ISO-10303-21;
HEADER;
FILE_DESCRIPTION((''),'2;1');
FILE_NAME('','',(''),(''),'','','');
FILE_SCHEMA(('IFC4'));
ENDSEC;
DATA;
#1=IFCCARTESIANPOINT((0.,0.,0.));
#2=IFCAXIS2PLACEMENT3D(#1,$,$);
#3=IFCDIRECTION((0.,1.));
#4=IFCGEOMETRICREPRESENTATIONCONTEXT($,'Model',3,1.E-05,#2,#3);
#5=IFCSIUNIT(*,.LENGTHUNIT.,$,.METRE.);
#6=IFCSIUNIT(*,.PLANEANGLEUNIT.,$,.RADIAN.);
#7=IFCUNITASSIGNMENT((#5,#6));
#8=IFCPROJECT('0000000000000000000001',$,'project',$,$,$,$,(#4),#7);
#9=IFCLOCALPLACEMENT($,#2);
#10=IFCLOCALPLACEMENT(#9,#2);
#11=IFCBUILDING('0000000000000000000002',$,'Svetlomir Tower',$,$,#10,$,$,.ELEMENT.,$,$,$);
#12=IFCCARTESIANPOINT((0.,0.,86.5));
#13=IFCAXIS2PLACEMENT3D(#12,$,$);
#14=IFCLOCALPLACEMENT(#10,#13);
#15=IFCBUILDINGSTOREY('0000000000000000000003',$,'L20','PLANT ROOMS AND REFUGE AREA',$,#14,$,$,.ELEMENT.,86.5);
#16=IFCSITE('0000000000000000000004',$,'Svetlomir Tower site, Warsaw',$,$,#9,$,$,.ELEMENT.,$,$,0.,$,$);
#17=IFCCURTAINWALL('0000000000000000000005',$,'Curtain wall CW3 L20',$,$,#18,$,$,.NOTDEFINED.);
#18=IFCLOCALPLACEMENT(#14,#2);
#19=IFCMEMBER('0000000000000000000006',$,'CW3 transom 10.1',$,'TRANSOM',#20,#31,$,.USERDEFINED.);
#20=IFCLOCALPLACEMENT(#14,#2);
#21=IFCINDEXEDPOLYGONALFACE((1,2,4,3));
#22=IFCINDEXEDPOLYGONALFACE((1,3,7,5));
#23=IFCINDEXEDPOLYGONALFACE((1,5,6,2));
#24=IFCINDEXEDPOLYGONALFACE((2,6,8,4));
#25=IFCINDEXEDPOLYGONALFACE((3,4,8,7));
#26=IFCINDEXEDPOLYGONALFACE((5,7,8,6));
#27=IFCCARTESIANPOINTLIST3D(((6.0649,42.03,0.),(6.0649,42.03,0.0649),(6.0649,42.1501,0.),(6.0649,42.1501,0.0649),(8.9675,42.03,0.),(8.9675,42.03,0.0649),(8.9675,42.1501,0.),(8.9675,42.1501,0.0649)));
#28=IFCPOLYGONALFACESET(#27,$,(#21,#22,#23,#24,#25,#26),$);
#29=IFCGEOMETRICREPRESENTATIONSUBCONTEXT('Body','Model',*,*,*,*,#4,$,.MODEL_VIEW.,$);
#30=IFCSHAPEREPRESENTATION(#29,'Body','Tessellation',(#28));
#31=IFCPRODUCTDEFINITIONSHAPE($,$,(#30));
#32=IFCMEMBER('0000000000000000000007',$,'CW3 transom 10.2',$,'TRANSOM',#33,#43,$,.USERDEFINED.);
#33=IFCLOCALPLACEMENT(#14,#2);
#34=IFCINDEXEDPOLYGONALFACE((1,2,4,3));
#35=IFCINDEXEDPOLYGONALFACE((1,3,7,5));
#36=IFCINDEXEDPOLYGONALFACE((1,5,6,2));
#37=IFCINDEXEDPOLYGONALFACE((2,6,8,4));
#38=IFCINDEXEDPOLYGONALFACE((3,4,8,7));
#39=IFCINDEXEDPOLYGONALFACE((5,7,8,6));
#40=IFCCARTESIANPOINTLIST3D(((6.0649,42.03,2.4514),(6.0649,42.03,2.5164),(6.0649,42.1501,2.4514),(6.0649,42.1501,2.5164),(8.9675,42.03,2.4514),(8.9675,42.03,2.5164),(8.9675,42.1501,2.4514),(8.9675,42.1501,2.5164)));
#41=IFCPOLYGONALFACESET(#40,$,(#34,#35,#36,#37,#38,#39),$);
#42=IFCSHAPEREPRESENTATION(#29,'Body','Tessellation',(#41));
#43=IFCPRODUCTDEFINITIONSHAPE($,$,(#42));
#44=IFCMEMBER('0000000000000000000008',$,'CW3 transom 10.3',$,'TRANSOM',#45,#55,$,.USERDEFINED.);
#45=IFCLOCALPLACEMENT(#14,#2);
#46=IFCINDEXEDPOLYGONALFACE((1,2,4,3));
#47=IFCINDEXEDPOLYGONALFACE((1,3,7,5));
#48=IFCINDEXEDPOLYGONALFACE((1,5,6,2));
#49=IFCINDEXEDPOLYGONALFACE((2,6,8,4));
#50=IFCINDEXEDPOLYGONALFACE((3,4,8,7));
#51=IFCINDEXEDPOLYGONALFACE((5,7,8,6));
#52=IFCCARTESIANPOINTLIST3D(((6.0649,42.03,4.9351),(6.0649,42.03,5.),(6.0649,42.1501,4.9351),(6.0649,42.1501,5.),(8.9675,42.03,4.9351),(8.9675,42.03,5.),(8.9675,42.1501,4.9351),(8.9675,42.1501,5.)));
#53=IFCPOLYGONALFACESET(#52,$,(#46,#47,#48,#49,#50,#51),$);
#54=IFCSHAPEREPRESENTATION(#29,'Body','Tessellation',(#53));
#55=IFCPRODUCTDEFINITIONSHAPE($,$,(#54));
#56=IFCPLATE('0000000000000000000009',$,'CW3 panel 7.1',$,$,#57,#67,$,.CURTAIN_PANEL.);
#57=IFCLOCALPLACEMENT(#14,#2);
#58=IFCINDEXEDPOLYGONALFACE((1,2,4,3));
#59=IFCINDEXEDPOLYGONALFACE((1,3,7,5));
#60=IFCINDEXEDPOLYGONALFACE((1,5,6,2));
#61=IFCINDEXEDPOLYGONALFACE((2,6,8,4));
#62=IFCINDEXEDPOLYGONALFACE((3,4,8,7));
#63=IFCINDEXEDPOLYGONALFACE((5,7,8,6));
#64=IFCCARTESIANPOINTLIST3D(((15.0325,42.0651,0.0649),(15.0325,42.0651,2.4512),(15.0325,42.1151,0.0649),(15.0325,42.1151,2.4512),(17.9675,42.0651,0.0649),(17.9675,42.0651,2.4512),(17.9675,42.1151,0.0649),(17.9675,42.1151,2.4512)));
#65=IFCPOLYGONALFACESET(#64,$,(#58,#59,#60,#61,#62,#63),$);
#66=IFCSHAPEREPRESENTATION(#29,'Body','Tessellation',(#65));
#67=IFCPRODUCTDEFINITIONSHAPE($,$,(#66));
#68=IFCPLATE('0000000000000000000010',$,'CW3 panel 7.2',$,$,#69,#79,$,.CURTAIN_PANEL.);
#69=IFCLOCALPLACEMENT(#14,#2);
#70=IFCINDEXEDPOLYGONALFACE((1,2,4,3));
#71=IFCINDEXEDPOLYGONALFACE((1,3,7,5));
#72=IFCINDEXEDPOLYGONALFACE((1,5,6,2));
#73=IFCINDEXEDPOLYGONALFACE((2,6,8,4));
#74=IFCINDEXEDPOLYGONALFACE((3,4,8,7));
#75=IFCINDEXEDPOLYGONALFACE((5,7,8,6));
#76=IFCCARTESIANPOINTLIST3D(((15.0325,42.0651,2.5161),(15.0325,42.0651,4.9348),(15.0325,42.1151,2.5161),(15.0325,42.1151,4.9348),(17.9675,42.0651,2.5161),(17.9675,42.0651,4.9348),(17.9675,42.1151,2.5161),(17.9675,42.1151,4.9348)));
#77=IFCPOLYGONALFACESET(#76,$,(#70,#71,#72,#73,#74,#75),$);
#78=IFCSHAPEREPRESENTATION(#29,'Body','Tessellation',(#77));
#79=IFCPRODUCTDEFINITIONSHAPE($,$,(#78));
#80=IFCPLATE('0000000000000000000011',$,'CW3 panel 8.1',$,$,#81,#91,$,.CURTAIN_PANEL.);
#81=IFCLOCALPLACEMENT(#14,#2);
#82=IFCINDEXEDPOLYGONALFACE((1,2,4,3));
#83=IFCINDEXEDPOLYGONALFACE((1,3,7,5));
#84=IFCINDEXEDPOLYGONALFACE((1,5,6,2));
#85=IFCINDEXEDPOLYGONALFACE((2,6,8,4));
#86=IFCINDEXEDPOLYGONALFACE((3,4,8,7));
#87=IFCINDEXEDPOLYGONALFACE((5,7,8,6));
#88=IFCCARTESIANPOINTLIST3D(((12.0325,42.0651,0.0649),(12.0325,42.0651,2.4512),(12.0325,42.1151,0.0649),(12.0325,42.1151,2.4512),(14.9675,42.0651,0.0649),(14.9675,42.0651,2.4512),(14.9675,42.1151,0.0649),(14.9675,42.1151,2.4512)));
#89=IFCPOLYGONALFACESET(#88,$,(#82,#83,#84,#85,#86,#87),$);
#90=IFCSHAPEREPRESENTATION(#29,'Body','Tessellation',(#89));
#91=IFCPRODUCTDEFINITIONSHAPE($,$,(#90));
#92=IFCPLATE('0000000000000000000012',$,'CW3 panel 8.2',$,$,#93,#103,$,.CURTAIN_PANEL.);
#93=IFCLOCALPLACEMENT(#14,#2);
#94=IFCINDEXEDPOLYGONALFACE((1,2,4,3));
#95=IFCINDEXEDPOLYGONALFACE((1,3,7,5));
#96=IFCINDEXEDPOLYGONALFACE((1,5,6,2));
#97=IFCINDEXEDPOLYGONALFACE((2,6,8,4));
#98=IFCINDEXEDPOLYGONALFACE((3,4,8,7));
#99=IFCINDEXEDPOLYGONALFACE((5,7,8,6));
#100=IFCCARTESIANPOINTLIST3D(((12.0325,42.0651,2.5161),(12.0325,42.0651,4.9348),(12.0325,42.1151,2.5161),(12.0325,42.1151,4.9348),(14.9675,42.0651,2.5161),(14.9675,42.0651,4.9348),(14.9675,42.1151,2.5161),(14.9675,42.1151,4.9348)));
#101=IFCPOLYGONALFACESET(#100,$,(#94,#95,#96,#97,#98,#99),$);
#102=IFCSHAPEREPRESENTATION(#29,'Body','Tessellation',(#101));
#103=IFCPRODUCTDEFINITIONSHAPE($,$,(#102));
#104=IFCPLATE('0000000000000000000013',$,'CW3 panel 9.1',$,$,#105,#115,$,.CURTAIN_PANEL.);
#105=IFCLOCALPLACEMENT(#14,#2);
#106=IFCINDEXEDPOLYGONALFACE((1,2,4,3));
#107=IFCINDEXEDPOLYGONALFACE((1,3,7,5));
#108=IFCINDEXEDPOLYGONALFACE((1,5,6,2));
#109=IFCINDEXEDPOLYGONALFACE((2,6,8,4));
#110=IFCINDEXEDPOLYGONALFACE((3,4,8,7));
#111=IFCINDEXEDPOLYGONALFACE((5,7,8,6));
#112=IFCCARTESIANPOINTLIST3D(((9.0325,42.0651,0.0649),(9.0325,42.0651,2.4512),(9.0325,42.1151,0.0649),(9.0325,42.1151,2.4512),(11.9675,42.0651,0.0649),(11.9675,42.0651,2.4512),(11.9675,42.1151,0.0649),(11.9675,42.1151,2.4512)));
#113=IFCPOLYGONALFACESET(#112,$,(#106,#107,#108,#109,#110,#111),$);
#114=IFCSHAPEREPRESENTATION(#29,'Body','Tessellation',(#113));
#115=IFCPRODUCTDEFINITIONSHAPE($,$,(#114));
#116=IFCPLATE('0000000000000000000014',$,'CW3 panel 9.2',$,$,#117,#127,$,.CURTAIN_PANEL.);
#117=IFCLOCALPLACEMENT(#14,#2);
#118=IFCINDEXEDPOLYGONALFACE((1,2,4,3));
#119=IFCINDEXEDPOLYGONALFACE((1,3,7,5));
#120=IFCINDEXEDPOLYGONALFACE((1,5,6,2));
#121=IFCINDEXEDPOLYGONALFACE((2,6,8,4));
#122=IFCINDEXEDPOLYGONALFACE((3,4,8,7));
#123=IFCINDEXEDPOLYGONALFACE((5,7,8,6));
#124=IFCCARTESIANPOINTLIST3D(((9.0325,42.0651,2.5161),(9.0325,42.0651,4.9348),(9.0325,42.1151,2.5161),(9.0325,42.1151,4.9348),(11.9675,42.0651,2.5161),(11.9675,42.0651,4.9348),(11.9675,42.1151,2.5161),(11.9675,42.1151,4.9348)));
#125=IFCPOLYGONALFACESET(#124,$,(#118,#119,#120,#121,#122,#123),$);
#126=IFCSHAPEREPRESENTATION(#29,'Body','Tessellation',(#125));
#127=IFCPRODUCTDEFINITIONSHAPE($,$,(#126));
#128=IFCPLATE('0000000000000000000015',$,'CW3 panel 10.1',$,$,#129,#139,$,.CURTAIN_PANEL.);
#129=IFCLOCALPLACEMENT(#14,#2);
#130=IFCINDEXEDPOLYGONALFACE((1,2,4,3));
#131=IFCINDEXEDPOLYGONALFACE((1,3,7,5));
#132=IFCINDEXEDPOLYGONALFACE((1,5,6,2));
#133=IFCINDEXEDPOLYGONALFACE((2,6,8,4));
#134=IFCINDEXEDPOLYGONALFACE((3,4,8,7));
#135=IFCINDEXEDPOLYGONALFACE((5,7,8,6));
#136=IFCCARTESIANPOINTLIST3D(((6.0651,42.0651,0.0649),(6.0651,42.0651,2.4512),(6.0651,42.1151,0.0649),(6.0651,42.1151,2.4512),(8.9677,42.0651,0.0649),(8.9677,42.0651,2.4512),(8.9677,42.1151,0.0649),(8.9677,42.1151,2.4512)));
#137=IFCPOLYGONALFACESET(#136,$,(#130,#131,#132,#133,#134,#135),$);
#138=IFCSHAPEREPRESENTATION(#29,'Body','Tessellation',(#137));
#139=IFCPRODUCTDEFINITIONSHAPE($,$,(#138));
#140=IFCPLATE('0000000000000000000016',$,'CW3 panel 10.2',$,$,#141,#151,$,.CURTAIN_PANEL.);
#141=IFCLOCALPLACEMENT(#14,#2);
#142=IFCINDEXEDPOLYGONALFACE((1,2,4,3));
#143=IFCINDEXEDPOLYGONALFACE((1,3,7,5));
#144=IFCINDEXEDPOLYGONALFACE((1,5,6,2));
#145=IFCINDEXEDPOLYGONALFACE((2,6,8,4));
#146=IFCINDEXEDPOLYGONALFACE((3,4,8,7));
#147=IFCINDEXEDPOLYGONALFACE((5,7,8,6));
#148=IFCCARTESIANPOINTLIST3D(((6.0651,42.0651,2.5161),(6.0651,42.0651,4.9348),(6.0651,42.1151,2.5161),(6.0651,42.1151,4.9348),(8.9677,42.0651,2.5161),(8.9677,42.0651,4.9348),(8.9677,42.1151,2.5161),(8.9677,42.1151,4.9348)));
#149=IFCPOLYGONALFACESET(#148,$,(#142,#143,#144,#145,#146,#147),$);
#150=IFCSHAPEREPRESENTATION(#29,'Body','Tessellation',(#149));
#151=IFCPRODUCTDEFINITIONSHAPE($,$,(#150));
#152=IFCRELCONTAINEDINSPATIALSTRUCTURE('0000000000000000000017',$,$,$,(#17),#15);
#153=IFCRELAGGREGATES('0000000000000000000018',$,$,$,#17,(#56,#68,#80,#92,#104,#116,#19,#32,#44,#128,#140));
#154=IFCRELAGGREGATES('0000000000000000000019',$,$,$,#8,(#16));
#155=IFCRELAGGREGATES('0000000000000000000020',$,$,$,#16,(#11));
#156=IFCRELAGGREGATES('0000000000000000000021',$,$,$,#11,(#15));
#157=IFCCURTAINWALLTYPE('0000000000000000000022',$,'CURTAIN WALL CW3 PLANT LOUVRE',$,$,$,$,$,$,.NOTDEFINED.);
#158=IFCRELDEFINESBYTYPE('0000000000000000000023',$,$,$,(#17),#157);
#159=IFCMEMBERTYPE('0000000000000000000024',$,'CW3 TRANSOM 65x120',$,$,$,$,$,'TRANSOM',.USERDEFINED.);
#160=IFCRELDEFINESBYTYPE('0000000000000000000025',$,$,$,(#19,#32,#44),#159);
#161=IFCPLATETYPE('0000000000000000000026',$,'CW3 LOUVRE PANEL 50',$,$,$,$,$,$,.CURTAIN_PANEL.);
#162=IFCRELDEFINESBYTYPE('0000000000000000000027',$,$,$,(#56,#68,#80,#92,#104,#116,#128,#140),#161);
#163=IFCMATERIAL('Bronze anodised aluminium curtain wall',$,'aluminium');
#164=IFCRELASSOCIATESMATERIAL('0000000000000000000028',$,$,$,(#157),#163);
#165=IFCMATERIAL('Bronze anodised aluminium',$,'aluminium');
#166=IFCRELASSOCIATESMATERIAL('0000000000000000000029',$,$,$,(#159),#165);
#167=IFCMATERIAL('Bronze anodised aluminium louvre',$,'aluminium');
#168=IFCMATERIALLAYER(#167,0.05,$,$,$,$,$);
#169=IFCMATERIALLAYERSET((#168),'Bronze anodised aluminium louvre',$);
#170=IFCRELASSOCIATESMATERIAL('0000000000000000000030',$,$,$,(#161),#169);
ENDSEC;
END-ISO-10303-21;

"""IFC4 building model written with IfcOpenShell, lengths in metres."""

from ifc_helpers import new_model, si_unit, direction, frame, origin, origin_2d, place, context, subcontext, project, spatial, rectangle, extrude, material, layer, layer_set, material_profile, profile_set, type_object, element, aggregate, save


model = new_model("IFC4")

# Units and contexts
model_context = context("Model", 3, precision=1e-05, world=origin(), true_north=direction((0.0, 1.0)))
body_context = subcontext(model_context, "Body", "Model", "MODEL_VIEW")
ifc_project = project(units=[si_unit("LENGTHUNIT", "METRE"), si_unit("PLANEANGLEUNIT", "RADIAN")], contexts=[model_context])

# Site, building, storey
site_placement = place(None, origin())
site = spatial("IfcSite", under=ifc_project, at=site_placement, Name="Svetlomir Tower site, Warsaw", CompositionType="ELEMENT", RefElevation=0.0)
building_placement = place(site_placement, origin())
building = spatial("IfcBuilding", under=site, at=building_placement, Name="Svetlomir Tower", CompositionType="ELEMENT")
storey_placement = place(building_placement, frame((0.0, 0.0, 86.5)))
storey = spatial("IfcBuildingStorey", under=building, at=storey_placement, Name="L20", Description="PLANT ROOMS AND REFUGE AREA", CompositionType="ELEMENT", Elevation=86.5)

# Curtain wall
ifc_material_1 = material(Name="Bronze anodised aluminium curtain wall", Category="aluminium")
curtain_wall_type = type_object("IfcCurtainWallType", Name="CURTAIN WALL CW3 PLANT LOUVRE", PredefinedType="NOTDEFINED", material=ifc_material_1)
curtain_wall_1_placement = place(storey_placement, origin())
curtain_wall_1 = element("IfcCurtainWall", 1, at=curtain_wall_1_placement, inside=storey, type_object=curtain_wall_type, Name="Curtain wall CW3 L20", PredefinedType="NOTDEFINED")

# Members
ifc_material_2 = material(Name="Bronze anodised aluminium", Category="aluminium")
ifc_material_profile_1 = material_profile(ifc_material_2, rectangle(XDim=0.1201, YDim=0.0649, at=origin_2d()), Name="AL 120x65")
ifc_profile_set_1 = profile_set([ifc_material_profile_1], Name="Bronze anodised aluminium 6063-T6")
member_type_1 = type_object("IfcMemberType", Name="CW3 TRANSOM 65x120", ElementType="TRANSOM", PredefinedType="USERDEFINED", material=ifc_profile_set_1)
member_1_placement = place(storey_placement, frame((8.9675, 42.0901, 0.0325), z_axis=(-1.0, 0.0, 0.0), x_axis=(0.0, -1.0, 0.0)))
member_1 = element("IfcMember", 2, at=member_1_placement, type_object=member_type_1, Name="CW3 transom 10.1", ObjectType="TRANSOM", PredefinedType="USERDEFINED", context=body_context, shape_type="SweptSolid", body=[
    extrude(rectangle(XDim=0.1201, YDim=0.0649, at=origin_2d()), origin(), (0.0, 0.0, 1.0), 2.9026),
])
member_2_placement = place(storey_placement, frame((8.9675, 42.0901, 2.4839), z_axis=(-1.0, 0.0, 0.0), x_axis=(0.0, -1.0, 0.0)))
member_2 = element("IfcMember", 3, at=member_2_placement, type_object=member_type_1, Name="CW3 transom 10.2", ObjectType="TRANSOM", PredefinedType="USERDEFINED", context=body_context, shape_type="SweptSolid", body=[
    extrude(rectangle(XDim=0.1201, YDim=0.0649, at=origin_2d()), origin(), (0.0, 0.0, 1.0), 2.9026),
])
member_3_placement = place(storey_placement, frame((8.9675, 42.0901, 4.9675), z_axis=(-1.0, 0.0, 0.0), x_axis=(0.0, -1.0, 0.0)))
member_3 = element("IfcMember", 4, at=member_3_placement, type_object=member_type_1, Name="CW3 transom 10.3", ObjectType="TRANSOM", PredefinedType="USERDEFINED", context=body_context, shape_type="SweptSolid", body=[
    extrude(rectangle(XDim=0.1201, YDim=0.0649, at=origin_2d()), origin(), (0.0, 0.0, 1.0), 2.9026),
])

# Plates
ifc_material_3 = material(Name="Bronze anodised aluminium louvre", Category="aluminium")
ifc_layer = layer(ifc_material_3, 0.05)
ifc_layer_set = layer_set([ifc_layer], Name="Bronze anodised aluminium louvre")
plate_type = type_object("IfcPlateType", Name="CW3 LOUVRE PANEL 50", PredefinedType="CURTAIN_PANEL", material=ifc_layer_set)
plate_1_placement = place(storey_placement, frame((16.5, 42.0901, 0.0649), z_axis=(0.0, 0.0, 1.0), x_axis=(-1.0, 0.0, 0.0)))
plate_1 = element("IfcPlate", 5, at=plate_1_placement, type_object=plate_type, Name="CW3 panel 7.1", PredefinedType="CURTAIN_PANEL", context=body_context, shape_type="SweptSolid", body=[
    extrude(rectangle(XDim=2.9351, YDim=0.05, at=origin_2d()), origin(), (0.0, 0.0, 1.0), 2.3862),
])
plate_2_placement = place(storey_placement, frame((16.5, 42.0901, 2.5161), z_axis=(0.0, 0.0, 1.0), x_axis=(-1.0, 0.0, 0.0)))
plate_2 = element("IfcPlate", 6, at=plate_2_placement, type_object=plate_type, Name="CW3 panel 7.2", PredefinedType="CURTAIN_PANEL", context=body_context, shape_type="SweptSolid", body=[
    extrude(rectangle(XDim=2.9351, YDim=0.05, at=origin_2d()), origin(), (0.0, 0.0, 1.0), 2.4187),
])
plate_3_placement = place(storey_placement, frame((13.5, 42.0901, 0.0649), z_axis=(0.0, 0.0, 1.0), x_axis=(-1.0, 0.0, 0.0)))
plate_3 = element("IfcPlate", 7, at=plate_3_placement, type_object=plate_type, Name="CW3 panel 8.1", PredefinedType="CURTAIN_PANEL", context=body_context, shape_type="SweptSolid", body=[
    extrude(rectangle(XDim=2.9351, YDim=0.05, at=origin_2d()), origin(), (0.0, 0.0, 1.0), 2.3862),
])
plate_4_placement = place(storey_placement, frame((13.5, 42.0901, 2.5161), z_axis=(0.0, 0.0, 1.0), x_axis=(-1.0, 0.0, 0.0)))
plate_4 = element("IfcPlate", 8, at=plate_4_placement, type_object=plate_type, Name="CW3 panel 8.2", PredefinedType="CURTAIN_PANEL", context=body_context, shape_type="SweptSolid", body=[
    extrude(rectangle(XDim=2.9351, YDim=0.05, at=origin_2d()), origin(), (0.0, 0.0, 1.0), 2.4187),
])
plate_5_placement = place(storey_placement, frame((10.5, 42.0901, 0.0649), z_axis=(0.0, 0.0, 1.0), x_axis=(-1.0, 0.0, 0.0)))
plate_5 = element("IfcPlate", 9, at=plate_5_placement, type_object=plate_type, Name="CW3 panel 9.1", PredefinedType="CURTAIN_PANEL", context=body_context, shape_type="SweptSolid", body=[
    extrude(rectangle(XDim=2.9351, YDim=0.05, at=origin_2d()), origin(), (0.0, 0.0, 1.0), 2.3862),
])
plate_6_placement = place(storey_placement, frame((10.5, 42.0901, 2.5161), z_axis=(0.0, 0.0, 1.0), x_axis=(-1.0, 0.0, 0.0)))
plate_6 = element("IfcPlate", 10, at=plate_6_placement, type_object=plate_type, Name="CW3 panel 9.2", PredefinedType="CURTAIN_PANEL", context=body_context, shape_type="SweptSolid", body=[
    extrude(rectangle(XDim=2.9351, YDim=0.05, at=origin_2d()), origin(), (0.0, 0.0, 1.0), 2.4187),
])
plate_7_placement = place(storey_placement, frame((7.5164, 42.0901, 0.0649), z_axis=(0.0, 0.0, 1.0), x_axis=(-1.0, 0.0, 0.0)))
plate_7 = element("IfcPlate", 11, at=plate_7_placement, type_object=plate_type, Name="CW3 panel 10.1", PredefinedType="CURTAIN_PANEL", context=body_context, shape_type="SweptSolid", body=[
    extrude(rectangle(XDim=2.9026, YDim=0.05, at=origin_2d()), origin(), (0.0, 0.0, 1.0), 2.3862),
])
plate_8_placement = place(storey_placement, frame((7.5164, 42.0901, 2.5161), z_axis=(0.0, 0.0, 1.0), x_axis=(-1.0, 0.0, 0.0)))
plate_8 = element("IfcPlate", 12, at=plate_8_placement, type_object=plate_type, Name="CW3 panel 10.2", PredefinedType="CURTAIN_PANEL", context=body_context, shape_type="SweptSolid", body=[
    extrude(rectangle(XDim=2.9026, YDim=0.05, at=origin_2d()), origin(), (0.0, 0.0, 1.0), 2.4187),
])
aggregate(curtain_wall_1, [plate_1, plate_2, plate_3, plate_4, plate_5, plate_6, member_1, member_2, member_3, plate_7, plate_8])

save(model, "model.ifc")
